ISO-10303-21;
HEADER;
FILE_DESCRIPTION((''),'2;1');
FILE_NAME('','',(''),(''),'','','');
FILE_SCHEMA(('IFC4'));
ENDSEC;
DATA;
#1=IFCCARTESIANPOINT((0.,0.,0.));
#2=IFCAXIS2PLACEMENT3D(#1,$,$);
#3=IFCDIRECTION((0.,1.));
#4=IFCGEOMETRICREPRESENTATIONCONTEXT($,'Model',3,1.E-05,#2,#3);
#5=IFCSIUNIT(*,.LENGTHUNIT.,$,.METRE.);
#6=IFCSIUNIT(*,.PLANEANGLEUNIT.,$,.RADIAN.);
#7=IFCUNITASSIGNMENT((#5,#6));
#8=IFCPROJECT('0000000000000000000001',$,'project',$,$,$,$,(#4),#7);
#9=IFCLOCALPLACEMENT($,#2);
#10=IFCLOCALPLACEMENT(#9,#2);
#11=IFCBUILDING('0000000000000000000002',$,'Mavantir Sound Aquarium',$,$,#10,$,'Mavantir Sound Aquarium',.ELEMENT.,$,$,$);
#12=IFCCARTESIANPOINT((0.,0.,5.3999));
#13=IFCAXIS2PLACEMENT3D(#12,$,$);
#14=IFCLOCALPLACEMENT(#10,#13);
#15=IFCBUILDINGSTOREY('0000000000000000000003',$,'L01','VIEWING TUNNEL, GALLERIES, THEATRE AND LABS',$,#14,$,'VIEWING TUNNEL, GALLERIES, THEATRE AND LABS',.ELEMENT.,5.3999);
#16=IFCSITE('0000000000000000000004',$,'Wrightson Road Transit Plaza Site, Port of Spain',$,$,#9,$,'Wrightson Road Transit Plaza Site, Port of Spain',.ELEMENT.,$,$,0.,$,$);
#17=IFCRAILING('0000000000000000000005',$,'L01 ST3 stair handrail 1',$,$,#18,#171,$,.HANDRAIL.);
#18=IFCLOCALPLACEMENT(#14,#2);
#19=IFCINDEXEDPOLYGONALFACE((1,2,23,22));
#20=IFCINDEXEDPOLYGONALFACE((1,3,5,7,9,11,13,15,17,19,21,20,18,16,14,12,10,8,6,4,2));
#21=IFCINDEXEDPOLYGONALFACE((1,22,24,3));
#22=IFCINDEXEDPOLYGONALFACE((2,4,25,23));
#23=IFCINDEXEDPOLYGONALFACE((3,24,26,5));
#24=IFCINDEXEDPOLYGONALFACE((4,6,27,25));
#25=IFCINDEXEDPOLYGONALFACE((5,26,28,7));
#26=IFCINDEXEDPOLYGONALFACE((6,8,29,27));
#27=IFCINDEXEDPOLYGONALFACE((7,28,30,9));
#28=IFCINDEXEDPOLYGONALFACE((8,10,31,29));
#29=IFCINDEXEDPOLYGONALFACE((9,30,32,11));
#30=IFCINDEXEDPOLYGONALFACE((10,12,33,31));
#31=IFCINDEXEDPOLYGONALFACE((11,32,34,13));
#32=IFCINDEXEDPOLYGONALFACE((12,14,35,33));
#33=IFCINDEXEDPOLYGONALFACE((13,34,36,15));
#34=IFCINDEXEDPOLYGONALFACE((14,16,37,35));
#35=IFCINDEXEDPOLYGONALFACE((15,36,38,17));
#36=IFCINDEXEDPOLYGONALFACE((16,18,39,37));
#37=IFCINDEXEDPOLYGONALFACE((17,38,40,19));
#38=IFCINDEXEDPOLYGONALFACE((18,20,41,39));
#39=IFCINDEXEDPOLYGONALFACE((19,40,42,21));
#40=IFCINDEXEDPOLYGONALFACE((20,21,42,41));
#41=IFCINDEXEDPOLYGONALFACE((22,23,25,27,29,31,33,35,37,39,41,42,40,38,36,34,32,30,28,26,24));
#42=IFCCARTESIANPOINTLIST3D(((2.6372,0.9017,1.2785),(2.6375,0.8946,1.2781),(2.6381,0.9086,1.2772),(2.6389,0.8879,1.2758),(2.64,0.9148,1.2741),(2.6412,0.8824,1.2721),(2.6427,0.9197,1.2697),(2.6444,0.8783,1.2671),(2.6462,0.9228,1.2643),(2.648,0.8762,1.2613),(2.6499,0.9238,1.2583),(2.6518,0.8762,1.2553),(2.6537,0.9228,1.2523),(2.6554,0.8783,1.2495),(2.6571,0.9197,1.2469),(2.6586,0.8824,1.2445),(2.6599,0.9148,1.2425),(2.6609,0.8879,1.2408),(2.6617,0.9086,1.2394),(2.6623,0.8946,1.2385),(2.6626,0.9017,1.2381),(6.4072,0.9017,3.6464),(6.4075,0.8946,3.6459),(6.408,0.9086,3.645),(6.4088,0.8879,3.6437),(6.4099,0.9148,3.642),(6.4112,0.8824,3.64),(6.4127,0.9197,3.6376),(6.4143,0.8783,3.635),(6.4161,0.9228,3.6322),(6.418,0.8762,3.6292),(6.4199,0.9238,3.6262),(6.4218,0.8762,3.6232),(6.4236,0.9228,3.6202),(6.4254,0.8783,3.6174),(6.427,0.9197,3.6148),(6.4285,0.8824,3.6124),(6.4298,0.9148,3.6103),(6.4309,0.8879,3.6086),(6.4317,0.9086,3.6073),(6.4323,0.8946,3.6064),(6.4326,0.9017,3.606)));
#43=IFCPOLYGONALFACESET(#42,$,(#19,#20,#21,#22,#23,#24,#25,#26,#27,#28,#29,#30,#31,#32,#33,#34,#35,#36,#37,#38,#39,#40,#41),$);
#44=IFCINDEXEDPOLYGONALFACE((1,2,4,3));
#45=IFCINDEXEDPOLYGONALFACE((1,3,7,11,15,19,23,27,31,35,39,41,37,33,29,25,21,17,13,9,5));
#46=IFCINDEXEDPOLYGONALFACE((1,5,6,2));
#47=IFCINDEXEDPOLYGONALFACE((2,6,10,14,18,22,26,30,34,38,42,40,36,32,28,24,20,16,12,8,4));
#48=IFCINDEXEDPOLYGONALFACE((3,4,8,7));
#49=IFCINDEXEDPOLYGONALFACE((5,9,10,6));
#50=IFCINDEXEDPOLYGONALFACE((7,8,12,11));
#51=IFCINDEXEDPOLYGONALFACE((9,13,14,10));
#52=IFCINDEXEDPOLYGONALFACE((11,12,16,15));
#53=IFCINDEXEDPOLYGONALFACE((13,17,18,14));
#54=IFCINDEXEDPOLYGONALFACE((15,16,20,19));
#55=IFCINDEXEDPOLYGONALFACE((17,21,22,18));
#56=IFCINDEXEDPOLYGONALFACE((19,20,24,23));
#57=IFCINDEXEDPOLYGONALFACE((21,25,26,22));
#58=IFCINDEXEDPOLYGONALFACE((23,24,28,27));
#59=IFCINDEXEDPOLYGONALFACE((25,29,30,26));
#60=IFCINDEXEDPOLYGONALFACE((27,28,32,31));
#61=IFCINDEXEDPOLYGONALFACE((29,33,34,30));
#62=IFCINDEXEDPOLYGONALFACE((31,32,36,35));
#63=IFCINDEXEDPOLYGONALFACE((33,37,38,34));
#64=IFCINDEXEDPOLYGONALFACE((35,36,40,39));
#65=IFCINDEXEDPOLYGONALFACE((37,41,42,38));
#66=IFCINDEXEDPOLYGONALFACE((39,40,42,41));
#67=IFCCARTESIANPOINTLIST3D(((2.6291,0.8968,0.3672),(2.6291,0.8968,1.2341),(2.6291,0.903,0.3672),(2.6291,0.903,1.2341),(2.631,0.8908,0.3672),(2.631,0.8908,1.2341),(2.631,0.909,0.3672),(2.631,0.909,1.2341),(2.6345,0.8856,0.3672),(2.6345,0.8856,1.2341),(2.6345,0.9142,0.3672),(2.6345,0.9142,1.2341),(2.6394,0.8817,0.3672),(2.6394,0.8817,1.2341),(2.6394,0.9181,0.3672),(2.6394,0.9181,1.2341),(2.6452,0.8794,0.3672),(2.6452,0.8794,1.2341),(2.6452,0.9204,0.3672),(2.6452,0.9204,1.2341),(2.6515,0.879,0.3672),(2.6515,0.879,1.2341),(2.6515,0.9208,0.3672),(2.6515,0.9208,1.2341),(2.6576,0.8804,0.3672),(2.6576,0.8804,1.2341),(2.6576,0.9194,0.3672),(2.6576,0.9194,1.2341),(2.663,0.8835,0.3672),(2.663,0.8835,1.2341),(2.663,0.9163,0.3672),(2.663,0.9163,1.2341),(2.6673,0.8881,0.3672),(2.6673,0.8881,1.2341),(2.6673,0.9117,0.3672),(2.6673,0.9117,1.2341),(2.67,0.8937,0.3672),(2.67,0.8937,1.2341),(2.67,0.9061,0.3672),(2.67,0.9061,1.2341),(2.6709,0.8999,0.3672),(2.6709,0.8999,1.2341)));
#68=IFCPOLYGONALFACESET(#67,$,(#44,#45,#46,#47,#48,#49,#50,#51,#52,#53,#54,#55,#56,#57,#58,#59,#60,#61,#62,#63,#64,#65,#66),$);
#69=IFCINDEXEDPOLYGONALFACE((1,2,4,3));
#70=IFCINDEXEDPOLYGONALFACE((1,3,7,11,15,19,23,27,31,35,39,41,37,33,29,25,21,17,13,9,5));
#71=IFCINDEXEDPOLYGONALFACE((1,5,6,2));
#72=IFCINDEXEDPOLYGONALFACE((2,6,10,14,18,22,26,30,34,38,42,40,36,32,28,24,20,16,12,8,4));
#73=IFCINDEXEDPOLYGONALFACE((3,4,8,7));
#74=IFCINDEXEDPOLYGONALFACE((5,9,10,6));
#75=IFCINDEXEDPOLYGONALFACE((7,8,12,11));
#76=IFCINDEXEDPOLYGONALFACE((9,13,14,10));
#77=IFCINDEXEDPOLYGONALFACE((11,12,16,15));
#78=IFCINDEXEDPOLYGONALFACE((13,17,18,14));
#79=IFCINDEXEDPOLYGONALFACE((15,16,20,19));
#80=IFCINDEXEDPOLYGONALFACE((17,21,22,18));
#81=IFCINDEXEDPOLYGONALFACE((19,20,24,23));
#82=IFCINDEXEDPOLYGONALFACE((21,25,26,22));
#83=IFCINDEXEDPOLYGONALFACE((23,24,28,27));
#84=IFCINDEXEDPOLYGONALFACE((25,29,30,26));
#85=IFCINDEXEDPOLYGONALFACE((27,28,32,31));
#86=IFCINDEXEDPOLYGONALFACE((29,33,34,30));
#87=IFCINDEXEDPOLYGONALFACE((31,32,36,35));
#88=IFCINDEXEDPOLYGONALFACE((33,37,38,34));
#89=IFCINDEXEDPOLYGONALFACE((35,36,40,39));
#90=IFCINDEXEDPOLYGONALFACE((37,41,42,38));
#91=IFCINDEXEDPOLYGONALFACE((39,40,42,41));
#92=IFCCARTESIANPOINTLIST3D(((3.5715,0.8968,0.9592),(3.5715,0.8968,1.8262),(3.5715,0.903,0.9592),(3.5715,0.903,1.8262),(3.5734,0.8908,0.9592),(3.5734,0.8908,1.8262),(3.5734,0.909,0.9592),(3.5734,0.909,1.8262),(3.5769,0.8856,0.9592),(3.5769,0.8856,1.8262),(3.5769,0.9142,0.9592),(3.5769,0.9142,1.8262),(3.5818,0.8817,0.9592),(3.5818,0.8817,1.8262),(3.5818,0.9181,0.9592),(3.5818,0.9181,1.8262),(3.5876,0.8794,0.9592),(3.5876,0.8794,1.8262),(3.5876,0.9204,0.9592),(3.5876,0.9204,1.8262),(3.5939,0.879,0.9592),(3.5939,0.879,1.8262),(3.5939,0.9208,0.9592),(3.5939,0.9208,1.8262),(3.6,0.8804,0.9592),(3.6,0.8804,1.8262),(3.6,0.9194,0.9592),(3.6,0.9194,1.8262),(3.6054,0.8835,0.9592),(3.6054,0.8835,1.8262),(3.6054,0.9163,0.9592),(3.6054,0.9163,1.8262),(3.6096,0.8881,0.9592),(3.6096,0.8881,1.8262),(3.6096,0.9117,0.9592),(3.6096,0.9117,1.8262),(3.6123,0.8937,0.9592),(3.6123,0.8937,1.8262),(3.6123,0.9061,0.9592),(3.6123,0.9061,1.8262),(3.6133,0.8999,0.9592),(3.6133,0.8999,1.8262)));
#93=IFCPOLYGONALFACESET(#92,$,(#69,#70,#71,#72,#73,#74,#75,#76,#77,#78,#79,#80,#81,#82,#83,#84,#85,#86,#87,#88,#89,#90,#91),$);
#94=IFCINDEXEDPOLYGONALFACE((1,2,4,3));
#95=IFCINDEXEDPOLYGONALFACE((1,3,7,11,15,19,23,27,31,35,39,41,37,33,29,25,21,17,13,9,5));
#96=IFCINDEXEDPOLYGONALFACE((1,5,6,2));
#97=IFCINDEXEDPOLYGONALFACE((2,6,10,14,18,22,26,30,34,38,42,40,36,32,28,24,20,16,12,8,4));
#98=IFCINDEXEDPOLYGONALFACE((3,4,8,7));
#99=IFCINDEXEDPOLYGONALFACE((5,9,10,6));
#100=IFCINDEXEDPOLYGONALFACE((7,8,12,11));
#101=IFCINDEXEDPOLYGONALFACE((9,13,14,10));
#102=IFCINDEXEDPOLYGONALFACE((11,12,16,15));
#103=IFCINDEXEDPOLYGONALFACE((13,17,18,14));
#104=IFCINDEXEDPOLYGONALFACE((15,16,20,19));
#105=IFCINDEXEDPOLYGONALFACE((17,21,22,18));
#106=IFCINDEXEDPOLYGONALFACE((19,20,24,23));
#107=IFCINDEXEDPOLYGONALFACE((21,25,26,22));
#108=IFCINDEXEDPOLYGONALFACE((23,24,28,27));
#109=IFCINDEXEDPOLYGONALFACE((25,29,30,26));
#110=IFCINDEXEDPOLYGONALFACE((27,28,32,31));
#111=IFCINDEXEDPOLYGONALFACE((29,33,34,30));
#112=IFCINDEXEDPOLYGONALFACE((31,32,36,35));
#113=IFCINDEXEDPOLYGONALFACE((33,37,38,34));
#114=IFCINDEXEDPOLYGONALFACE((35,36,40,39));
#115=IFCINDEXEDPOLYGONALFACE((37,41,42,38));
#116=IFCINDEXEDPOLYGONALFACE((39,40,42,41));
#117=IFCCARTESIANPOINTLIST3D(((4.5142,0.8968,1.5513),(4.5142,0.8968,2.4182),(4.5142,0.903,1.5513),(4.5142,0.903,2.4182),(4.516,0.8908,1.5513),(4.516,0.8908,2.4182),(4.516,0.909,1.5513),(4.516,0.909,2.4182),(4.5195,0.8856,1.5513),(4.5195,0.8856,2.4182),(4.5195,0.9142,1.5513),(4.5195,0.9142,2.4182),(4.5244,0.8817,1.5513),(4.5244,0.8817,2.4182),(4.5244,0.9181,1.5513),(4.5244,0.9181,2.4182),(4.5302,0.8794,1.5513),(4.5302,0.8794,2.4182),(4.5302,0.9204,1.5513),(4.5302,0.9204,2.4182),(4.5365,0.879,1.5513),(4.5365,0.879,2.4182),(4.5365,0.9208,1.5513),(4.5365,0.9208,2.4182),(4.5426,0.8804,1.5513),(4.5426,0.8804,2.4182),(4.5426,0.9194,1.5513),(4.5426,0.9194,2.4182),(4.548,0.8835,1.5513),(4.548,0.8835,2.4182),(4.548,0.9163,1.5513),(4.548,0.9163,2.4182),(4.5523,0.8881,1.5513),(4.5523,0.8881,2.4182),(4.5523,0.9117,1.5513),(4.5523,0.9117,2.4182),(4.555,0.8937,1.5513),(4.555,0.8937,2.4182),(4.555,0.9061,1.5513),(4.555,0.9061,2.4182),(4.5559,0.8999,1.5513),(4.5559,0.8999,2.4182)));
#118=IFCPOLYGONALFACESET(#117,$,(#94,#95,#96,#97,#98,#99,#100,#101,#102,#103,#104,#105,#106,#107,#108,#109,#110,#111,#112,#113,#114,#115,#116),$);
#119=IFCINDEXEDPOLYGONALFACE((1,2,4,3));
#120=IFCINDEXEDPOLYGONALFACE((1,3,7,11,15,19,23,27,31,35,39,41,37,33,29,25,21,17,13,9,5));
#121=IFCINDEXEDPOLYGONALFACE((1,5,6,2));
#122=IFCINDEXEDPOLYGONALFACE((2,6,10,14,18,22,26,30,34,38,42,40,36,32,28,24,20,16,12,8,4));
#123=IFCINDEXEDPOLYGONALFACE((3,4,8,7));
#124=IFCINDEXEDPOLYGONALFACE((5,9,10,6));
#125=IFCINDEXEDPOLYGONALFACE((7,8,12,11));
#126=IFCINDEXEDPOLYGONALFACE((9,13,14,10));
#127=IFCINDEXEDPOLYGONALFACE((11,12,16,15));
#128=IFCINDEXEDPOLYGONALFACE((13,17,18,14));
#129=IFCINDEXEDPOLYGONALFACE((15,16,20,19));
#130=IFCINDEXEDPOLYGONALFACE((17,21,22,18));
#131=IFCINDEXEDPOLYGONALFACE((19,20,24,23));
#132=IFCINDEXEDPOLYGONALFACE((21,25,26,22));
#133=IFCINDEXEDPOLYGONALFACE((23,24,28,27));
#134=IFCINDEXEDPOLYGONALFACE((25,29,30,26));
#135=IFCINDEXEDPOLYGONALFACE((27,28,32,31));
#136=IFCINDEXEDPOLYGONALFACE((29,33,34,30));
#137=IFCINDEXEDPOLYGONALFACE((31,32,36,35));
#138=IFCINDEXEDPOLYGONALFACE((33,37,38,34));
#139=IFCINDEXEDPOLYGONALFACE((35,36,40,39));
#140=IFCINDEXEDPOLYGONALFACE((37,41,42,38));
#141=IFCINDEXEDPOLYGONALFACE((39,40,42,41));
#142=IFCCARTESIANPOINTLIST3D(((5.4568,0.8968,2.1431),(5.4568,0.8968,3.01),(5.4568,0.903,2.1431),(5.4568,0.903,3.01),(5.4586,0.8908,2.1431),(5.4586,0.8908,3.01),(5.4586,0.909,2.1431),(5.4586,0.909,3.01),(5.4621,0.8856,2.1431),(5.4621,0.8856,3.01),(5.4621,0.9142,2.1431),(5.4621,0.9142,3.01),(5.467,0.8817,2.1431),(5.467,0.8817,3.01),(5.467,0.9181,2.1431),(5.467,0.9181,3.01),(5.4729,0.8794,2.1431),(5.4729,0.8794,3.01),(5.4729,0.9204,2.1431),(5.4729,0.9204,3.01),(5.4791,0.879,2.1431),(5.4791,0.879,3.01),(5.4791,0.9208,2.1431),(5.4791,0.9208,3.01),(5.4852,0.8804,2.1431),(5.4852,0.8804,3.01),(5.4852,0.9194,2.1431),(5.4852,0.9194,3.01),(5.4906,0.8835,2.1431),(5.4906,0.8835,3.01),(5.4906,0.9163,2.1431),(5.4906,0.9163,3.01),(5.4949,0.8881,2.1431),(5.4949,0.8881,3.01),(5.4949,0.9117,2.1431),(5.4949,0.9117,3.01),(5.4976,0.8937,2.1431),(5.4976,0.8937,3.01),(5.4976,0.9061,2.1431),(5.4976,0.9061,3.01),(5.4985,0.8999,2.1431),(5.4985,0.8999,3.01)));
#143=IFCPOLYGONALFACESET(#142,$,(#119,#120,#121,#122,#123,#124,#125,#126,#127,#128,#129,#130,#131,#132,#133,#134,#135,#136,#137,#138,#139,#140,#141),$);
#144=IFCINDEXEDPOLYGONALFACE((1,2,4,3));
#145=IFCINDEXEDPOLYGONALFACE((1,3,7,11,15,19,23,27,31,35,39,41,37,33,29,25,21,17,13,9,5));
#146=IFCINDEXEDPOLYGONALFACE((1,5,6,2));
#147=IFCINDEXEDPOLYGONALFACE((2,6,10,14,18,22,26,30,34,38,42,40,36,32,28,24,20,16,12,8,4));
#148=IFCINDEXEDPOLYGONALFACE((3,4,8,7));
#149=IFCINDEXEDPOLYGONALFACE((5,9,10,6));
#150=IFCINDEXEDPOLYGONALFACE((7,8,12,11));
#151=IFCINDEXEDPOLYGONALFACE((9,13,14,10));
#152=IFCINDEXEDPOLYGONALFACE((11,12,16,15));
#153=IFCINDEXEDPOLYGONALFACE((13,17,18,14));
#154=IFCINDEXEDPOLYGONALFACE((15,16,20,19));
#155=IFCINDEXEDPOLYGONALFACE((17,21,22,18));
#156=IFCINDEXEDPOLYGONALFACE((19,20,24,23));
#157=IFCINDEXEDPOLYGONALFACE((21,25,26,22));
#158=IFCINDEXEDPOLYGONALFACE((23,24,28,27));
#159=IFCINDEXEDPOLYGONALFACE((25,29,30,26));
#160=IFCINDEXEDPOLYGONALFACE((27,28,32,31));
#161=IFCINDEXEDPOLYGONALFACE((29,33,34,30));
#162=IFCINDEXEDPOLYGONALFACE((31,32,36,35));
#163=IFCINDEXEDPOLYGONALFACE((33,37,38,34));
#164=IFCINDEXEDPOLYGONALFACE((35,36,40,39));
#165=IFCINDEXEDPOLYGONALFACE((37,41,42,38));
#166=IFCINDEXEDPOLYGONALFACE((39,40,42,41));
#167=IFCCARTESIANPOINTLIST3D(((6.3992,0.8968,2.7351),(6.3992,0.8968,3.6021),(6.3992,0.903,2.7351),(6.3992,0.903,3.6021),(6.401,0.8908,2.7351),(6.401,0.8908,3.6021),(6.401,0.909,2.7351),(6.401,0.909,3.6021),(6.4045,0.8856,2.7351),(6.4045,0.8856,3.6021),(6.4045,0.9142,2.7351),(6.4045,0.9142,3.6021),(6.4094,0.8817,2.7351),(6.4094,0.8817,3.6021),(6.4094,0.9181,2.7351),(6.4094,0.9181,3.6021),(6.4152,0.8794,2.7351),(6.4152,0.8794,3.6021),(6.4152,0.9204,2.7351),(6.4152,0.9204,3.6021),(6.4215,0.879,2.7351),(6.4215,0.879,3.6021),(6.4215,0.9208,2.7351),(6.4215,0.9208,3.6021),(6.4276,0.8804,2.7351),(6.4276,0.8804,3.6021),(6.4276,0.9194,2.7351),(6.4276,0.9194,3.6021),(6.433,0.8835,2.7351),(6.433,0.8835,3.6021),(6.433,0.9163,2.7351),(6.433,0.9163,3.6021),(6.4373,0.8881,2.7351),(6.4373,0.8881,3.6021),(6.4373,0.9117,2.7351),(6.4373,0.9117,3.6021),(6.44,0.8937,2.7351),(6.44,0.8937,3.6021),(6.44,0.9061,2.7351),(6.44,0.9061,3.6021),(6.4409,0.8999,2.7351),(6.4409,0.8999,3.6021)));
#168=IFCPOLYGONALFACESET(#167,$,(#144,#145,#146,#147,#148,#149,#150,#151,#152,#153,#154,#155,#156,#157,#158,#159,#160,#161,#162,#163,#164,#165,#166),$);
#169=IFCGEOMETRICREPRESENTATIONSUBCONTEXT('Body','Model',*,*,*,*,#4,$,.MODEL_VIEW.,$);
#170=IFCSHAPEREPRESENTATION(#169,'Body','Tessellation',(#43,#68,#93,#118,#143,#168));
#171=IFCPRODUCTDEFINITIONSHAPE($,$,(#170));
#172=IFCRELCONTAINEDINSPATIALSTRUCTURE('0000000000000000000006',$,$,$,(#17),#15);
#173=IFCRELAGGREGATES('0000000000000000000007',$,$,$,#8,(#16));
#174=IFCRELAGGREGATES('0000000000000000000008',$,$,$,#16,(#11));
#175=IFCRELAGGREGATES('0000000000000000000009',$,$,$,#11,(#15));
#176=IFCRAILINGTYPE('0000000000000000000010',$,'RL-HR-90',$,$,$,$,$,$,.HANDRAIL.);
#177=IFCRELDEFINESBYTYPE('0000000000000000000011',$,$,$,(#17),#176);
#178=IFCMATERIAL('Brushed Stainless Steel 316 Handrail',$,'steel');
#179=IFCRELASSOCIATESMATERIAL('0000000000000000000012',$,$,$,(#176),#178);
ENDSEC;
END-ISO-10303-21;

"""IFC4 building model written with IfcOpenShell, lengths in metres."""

from ifc_helpers import new_model, si_unit, direction, frame, origin, origin_2d, place, context, subcontext, project, spatial, circle, extrude, material, type_object, element, save


model = new_model("IFC4")

# Units and contexts
model_context = context("Model", 3, precision=1e-05, world=origin(), true_north=direction((0.0, 1.0)))
body_context = subcontext(model_context, "Body", "Model", "MODEL_VIEW")
ifc_project = project(units=[si_unit("LENGTHUNIT", "METRE"), si_unit("PLANEANGLEUNIT", "RADIAN")], contexts=[model_context])

# Site, building, storey
site_placement = place(None, origin())
site = spatial("IfcSite", under=ifc_project, at=site_placement, Name="Wrightson Road Transit Plaza Site, Port of Spain", LongName="Wrightson Road Transit Plaza Site, Port of Spain", CompositionType="ELEMENT", RefElevation=0.0)
building_placement = place(site_placement, origin())
building = spatial("IfcBuilding", under=site, at=building_placement, Name="Mavantir Sound Aquarium", LongName="Mavantir Sound Aquarium", CompositionType="ELEMENT")
storey_placement = place(building_placement, frame((0.0, 0.0, 5.3999)))
storey = spatial("IfcBuildingStorey", under=building, at=storey_placement, Name="L01", Description="VIEWING TUNNEL, GALLERIES, THEATRE AND LABS", LongName="VIEWING TUNNEL, GALLERIES, THEATRE AND LABS", CompositionType="ELEMENT", Elevation=5.3999)

# Railing
ifc_material_1 = material(Name="Brushed Stainless Steel 316 Handrail", Category="steel")
railing_type = type_object("IfcRailingType", Name="RL-HR-90", PredefinedType="HANDRAIL", material=ifc_material_1)
railing_placement = place(storey_placement, frame((2.6499, 0.8999, 0.3672)))
element("IfcRailing", 1, at=railing_placement, inside=storey, type_object=railing_type, Name="L01 ST3 stair handrail 1", PredefinedType="HANDRAIL", context=body_context, shape_type="SweptSolid", body=[
    extrude(circle(Radius=0.0239, at=origin_2d()), frame((0.0, 0.0, 0.8911), z_axis=(0.846819, 0.0, 0.531881), x_axis=(0.0, 1.0, 0.0)), (0.0, 0.0, 1.0), 4.4519),
    extrude(circle(Radius=0.021, at=origin_2d()), origin(), (0.0, 0.0, 1.0), 0.8669),
    extrude(circle(Radius=0.021, at=origin_2d()), frame((0.9424, 0.0, 0.592)), (0.0, 0.0, 1.0), 0.8669),
    extrude(circle(Radius=0.021, at=origin_2d()), frame((1.885, 0.0, 1.1841)), (0.0, 0.0, 1.0), 0.8669),
    extrude(circle(Radius=0.021, at=origin_2d()), frame((2.8276, 0.0, 1.7759)), (0.0, 0.0, 1.0), 0.8669),
    extrude(circle(Radius=0.021, at=origin_2d()), frame((3.77, 0.0, 2.3679)), (0.0, 0.0, 1.0), 0.8669),
])

save(model, "model.ifc")
